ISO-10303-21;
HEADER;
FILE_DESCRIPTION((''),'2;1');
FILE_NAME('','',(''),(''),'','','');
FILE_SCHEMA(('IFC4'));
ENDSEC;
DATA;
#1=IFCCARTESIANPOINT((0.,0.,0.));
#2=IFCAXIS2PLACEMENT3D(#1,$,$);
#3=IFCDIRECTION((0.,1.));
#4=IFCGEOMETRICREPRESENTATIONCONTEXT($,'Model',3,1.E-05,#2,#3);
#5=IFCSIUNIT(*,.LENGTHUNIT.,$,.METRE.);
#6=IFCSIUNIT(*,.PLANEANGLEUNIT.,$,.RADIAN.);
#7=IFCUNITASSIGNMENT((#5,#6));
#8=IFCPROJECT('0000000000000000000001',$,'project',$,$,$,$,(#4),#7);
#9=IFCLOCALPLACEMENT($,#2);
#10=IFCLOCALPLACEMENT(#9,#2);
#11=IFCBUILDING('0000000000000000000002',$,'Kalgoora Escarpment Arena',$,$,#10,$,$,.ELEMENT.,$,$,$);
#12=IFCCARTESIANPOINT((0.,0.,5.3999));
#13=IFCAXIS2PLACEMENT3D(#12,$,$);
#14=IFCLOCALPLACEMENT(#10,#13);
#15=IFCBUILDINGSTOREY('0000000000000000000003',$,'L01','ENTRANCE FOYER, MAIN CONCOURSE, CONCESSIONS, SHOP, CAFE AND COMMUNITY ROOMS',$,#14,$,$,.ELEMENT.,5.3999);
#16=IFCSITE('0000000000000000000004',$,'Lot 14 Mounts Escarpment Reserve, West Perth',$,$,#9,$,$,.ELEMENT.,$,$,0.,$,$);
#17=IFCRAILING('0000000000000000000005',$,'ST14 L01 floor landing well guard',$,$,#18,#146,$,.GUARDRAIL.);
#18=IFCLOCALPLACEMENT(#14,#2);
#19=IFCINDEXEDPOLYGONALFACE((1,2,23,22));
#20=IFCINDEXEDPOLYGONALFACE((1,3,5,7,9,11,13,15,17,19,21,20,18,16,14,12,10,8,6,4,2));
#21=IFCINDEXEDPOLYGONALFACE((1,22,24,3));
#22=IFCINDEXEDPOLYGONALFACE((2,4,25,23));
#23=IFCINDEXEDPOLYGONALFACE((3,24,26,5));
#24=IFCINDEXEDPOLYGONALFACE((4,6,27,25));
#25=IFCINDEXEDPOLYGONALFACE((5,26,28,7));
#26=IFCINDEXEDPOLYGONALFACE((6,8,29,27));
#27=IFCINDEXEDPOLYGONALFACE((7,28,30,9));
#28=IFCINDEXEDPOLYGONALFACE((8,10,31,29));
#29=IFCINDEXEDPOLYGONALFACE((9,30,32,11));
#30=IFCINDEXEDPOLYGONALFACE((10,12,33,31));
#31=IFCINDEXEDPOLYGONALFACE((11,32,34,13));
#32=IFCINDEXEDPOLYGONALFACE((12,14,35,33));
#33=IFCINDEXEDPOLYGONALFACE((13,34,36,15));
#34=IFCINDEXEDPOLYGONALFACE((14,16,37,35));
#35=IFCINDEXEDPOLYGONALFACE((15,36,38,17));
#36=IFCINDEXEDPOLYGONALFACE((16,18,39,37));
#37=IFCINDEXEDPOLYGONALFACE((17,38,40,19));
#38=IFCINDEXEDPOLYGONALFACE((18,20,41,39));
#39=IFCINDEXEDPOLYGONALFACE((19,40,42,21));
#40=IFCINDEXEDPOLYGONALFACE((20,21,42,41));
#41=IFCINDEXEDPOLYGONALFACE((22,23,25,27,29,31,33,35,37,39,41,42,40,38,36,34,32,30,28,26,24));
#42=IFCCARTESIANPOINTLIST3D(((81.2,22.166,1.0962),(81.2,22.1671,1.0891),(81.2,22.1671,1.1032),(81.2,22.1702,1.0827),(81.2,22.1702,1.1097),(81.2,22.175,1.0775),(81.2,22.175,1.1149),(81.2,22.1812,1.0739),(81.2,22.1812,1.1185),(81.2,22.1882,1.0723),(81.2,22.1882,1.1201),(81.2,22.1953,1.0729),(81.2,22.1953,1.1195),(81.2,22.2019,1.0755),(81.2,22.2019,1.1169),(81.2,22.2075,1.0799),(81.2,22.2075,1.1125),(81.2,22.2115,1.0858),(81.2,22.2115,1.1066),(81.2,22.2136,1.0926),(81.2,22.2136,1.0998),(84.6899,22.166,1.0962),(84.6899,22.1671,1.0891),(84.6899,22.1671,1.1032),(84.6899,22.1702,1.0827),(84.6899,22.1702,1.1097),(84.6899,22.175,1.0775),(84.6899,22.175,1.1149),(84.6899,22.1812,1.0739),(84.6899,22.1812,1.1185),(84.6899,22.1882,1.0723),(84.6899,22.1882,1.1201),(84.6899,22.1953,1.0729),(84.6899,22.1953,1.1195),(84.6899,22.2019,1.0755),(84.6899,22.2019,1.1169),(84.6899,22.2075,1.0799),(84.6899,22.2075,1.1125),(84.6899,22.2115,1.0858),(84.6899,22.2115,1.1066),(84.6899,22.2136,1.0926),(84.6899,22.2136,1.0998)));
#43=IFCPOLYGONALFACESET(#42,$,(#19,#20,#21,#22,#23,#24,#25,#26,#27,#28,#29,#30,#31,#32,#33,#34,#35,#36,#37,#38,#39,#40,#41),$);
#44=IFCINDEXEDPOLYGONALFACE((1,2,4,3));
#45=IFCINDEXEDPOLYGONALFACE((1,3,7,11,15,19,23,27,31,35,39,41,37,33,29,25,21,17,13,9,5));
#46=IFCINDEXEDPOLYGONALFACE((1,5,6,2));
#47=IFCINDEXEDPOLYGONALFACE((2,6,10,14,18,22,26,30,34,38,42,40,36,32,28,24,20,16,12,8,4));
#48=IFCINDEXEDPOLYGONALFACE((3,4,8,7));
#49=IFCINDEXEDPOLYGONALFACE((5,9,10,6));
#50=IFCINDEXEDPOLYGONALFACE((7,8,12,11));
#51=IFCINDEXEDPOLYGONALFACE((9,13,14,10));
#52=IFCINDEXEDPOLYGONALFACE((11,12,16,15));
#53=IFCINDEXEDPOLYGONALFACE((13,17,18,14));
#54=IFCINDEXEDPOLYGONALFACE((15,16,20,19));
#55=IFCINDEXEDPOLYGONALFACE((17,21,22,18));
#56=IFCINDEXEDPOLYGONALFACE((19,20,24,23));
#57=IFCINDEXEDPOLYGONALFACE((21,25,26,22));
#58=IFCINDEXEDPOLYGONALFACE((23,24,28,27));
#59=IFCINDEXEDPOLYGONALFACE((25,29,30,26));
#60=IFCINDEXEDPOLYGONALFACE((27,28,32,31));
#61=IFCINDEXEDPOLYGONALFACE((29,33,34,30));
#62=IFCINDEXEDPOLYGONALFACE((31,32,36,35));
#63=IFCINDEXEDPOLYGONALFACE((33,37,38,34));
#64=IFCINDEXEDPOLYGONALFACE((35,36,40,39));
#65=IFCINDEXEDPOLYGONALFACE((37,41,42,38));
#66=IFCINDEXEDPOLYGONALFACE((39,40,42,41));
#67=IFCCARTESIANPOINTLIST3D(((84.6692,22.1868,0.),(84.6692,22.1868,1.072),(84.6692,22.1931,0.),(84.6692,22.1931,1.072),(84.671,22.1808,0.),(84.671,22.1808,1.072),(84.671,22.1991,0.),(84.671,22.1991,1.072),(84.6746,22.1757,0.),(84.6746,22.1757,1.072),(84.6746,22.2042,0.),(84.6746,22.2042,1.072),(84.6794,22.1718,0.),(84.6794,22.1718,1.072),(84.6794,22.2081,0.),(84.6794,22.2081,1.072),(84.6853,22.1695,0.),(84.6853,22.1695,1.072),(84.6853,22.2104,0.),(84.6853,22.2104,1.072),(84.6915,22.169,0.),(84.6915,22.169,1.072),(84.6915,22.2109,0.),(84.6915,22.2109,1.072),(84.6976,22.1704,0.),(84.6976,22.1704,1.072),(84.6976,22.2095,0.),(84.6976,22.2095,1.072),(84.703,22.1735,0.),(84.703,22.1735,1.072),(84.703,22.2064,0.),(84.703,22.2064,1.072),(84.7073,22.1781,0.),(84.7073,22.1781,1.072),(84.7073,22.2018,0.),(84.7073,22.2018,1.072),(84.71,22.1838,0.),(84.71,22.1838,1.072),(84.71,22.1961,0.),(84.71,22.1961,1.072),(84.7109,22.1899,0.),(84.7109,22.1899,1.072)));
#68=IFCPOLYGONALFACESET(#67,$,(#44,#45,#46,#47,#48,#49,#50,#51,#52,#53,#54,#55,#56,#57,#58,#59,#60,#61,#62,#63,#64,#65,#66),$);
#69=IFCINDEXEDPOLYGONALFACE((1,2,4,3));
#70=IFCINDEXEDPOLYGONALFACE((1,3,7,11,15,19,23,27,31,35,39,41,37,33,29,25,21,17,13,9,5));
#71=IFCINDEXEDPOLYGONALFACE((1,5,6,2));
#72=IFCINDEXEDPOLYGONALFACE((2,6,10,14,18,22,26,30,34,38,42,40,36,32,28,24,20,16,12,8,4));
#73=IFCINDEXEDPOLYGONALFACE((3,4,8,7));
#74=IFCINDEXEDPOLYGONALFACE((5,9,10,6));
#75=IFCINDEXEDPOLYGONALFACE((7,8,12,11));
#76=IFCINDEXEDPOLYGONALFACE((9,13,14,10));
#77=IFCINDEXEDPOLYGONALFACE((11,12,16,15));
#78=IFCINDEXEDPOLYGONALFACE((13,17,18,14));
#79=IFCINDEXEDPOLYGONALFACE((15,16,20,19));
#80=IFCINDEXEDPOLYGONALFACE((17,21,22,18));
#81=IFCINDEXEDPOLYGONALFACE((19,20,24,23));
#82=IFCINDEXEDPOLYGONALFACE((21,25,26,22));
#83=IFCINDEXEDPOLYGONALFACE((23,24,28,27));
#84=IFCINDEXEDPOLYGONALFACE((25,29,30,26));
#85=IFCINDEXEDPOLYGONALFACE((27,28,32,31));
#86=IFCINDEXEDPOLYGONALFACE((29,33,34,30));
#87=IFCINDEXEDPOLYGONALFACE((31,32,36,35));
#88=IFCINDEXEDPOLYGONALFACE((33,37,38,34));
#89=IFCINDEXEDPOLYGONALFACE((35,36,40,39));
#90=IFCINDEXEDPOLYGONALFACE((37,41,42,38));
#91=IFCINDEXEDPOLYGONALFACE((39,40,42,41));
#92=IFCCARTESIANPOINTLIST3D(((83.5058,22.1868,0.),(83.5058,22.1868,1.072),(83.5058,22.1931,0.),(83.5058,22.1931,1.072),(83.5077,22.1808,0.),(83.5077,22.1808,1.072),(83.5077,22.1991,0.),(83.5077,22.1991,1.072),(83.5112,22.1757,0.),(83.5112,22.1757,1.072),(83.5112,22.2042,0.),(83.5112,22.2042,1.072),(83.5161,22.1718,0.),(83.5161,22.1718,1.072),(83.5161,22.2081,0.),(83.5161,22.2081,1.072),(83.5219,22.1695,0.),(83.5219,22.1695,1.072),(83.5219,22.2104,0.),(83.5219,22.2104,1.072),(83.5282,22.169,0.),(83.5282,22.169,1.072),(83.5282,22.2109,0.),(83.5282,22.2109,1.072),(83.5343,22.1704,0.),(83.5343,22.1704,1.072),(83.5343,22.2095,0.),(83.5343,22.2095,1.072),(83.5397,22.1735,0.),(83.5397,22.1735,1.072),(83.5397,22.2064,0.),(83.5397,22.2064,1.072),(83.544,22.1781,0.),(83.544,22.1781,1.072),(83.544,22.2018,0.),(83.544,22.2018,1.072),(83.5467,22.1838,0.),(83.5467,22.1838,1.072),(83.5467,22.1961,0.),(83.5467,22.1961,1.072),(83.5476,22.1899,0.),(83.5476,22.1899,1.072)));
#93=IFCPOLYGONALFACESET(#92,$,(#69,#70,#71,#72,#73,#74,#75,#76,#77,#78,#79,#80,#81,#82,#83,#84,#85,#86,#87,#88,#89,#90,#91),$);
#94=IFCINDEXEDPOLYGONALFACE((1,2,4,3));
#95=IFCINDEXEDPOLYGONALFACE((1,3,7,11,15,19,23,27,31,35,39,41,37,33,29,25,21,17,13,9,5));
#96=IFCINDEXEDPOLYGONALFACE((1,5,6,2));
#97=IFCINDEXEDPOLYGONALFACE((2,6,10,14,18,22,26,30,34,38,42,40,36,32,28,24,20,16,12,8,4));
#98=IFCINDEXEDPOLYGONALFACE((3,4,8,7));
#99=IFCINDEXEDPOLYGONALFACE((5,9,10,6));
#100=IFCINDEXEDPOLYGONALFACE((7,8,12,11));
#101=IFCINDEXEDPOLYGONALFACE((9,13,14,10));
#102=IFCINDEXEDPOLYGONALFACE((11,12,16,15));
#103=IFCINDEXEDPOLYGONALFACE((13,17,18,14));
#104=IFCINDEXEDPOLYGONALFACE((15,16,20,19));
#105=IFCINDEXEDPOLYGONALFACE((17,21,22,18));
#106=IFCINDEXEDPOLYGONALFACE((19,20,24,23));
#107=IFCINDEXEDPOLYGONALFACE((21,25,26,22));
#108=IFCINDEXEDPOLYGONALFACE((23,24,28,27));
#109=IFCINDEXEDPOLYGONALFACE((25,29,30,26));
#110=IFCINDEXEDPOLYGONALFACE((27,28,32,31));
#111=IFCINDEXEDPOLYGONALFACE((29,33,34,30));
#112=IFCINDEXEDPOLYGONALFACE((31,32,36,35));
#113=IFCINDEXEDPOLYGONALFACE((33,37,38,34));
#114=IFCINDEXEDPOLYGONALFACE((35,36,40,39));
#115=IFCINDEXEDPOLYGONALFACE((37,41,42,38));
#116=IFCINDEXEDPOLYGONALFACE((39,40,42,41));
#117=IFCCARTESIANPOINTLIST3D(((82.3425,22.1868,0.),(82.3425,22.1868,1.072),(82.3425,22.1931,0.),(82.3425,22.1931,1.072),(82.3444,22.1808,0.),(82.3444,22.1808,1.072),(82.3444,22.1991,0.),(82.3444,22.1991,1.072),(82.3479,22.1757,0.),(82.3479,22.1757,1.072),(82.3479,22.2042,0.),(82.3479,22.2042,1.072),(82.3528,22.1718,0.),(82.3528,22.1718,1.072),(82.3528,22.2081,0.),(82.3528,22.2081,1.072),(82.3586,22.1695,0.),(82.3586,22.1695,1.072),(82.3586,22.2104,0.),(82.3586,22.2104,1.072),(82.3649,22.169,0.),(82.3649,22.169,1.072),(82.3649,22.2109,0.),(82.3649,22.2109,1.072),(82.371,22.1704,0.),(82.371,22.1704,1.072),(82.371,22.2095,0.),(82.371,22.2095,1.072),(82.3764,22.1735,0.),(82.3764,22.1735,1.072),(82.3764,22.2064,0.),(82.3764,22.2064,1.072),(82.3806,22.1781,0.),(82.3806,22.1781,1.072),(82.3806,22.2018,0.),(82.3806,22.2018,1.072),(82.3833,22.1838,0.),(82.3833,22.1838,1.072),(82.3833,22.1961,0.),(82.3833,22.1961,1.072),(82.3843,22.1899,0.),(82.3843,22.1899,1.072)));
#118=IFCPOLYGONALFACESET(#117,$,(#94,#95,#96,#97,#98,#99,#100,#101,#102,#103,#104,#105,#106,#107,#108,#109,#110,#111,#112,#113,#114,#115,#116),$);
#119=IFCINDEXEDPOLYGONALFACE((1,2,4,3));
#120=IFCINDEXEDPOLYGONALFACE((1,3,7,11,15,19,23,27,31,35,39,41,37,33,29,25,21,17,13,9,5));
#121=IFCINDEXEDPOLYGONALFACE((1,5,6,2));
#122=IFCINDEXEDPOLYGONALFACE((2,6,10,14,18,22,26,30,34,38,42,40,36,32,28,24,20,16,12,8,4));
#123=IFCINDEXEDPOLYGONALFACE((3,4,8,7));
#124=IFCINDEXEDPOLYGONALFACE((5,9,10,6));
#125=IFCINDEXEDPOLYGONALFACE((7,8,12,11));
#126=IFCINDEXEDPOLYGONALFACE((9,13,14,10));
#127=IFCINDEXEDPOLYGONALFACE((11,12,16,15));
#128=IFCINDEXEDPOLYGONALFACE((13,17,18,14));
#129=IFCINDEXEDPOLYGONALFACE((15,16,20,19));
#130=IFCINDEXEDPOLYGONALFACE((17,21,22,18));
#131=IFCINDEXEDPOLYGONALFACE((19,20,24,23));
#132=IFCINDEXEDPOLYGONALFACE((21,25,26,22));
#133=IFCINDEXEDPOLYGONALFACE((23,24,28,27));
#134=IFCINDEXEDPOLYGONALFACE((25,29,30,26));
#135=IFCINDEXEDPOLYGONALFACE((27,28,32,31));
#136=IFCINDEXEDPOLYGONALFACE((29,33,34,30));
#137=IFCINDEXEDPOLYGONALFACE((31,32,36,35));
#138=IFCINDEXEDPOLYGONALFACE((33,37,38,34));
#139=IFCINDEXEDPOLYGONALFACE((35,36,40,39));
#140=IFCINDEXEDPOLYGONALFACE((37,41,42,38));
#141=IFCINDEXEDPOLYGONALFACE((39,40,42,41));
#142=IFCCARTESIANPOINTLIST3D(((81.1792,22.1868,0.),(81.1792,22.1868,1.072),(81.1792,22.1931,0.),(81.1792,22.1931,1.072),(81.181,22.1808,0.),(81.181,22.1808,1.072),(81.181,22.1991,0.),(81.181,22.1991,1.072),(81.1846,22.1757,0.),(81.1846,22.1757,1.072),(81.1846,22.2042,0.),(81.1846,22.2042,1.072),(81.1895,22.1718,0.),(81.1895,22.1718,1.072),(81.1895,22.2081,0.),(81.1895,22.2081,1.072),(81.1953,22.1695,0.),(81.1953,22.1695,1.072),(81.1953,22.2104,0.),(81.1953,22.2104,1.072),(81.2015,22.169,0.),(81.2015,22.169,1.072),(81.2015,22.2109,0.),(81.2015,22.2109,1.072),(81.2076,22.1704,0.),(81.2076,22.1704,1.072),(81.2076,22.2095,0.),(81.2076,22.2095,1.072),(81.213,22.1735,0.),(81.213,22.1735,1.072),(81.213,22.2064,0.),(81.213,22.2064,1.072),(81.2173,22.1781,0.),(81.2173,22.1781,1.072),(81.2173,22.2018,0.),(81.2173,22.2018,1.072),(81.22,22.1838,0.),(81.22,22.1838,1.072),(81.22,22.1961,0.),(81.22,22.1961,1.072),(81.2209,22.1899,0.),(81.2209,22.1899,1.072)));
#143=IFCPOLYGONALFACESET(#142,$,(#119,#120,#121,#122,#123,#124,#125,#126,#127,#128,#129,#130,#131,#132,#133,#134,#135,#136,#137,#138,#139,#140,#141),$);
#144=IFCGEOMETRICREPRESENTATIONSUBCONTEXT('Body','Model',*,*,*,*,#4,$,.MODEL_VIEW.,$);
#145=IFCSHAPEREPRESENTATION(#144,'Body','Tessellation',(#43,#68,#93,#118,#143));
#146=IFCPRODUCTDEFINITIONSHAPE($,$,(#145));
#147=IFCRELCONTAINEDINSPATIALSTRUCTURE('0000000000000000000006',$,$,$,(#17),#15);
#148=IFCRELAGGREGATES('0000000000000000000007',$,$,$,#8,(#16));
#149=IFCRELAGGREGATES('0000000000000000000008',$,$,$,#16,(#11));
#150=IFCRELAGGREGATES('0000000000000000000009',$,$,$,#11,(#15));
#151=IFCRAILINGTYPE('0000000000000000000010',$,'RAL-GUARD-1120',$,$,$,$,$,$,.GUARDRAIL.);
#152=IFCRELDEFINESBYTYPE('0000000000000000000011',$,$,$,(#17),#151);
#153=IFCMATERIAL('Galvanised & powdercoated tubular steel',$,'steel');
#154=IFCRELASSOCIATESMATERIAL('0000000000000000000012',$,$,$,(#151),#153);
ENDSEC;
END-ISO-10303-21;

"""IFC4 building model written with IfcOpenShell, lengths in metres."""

from ifc_helpers import new_model, si_unit, direction, frame, origin, origin_2d, place, context, subcontext, project, spatial, circle, extrude, material, type_object, element, save


model = new_model("IFC4")

# Units and contexts
model_context = context("Model", 3, precision=1e-05, world=origin(), true_north=direction((0.0, 1.0)))
body_context = subcontext(model_context, "Body", "Model", "MODEL_VIEW")
ifc_project = project(units=[si_unit("LENGTHUNIT", "METRE"), si_unit("PLANEANGLEUNIT", "RADIAN")], contexts=[model_context])

# Site, building, storey
site_placement = place(None, origin())
site = spatial("IfcSite", under=ifc_project, at=site_placement, Name="Lot 14 Mounts Escarpment Reserve, West Perth", CompositionType="ELEMENT", RefElevation=0.0)
building_placement = place(site_placement, origin())
building = spatial("IfcBuilding", under=site, at=building_placement, Name="Kalgoora Escarpment Arena", CompositionType="ELEMENT")
storey_placement = place(building_placement, frame((0.0, 0.0, 5.3999)))
storey = spatial("IfcBuildingStorey", under=building, at=storey_placement, Name="L01", Description="ENTRANCE FOYER, MAIN CONCOURSE, CONCESSIONS, SHOP, CAFE AND COMMUNITY ROOMS", CompositionType="ELEMENT", Elevation=5.3999)

# Railing
ifc_material_1 = material(Name="Galvanised & powdercoated tubular steel", Category="steel")
railing_type_1 = type_object("IfcRailingType", Name="RAL-GUARD-1120", PredefinedType="GUARDRAIL", material=ifc_material_1)
railing_1_placement = place(storey_placement, frame((84.6899, 22.1899, 0.0)))
element("IfcRailing", 1, at=railing_1_placement, inside=storey, type_object=railing_type_1, Name="ST14 L01 floor landing well guard", PredefinedType="GUARDRAIL", context=body_context, shape_type="SweptSolid", body=[
    extrude(circle(Radius=0.0239, at=origin_2d()), frame((0.0, 0.0, 1.0962), z_axis=(-1.0, 0.0, 0.0), x_axis=(0.0, -1.0, 0.0)), (0.0, 0.0, 1.0), 3.49),
    extrude(circle(Radius=0.021, at=origin_2d()), origin(), (0.0, 0.0, 1.0), 1.072),
    extrude(circle(Radius=0.021, at=origin_2d()), frame((-1.1633, 0.0, 0.0)), (0.0, 0.0, 1.0), 1.072),
    extrude(circle(Radius=0.021, at=origin_2d()), frame((-2.3267, 0.0, 0.0)), (0.0, 0.0, 1.0), 1.072),
    extrude(circle(Radius=0.021, at=origin_2d()), frame((-3.49, 0.0, 0.0)), (0.0, 0.0, 1.0), 1.072),
])

save(model, "model.ifc")
